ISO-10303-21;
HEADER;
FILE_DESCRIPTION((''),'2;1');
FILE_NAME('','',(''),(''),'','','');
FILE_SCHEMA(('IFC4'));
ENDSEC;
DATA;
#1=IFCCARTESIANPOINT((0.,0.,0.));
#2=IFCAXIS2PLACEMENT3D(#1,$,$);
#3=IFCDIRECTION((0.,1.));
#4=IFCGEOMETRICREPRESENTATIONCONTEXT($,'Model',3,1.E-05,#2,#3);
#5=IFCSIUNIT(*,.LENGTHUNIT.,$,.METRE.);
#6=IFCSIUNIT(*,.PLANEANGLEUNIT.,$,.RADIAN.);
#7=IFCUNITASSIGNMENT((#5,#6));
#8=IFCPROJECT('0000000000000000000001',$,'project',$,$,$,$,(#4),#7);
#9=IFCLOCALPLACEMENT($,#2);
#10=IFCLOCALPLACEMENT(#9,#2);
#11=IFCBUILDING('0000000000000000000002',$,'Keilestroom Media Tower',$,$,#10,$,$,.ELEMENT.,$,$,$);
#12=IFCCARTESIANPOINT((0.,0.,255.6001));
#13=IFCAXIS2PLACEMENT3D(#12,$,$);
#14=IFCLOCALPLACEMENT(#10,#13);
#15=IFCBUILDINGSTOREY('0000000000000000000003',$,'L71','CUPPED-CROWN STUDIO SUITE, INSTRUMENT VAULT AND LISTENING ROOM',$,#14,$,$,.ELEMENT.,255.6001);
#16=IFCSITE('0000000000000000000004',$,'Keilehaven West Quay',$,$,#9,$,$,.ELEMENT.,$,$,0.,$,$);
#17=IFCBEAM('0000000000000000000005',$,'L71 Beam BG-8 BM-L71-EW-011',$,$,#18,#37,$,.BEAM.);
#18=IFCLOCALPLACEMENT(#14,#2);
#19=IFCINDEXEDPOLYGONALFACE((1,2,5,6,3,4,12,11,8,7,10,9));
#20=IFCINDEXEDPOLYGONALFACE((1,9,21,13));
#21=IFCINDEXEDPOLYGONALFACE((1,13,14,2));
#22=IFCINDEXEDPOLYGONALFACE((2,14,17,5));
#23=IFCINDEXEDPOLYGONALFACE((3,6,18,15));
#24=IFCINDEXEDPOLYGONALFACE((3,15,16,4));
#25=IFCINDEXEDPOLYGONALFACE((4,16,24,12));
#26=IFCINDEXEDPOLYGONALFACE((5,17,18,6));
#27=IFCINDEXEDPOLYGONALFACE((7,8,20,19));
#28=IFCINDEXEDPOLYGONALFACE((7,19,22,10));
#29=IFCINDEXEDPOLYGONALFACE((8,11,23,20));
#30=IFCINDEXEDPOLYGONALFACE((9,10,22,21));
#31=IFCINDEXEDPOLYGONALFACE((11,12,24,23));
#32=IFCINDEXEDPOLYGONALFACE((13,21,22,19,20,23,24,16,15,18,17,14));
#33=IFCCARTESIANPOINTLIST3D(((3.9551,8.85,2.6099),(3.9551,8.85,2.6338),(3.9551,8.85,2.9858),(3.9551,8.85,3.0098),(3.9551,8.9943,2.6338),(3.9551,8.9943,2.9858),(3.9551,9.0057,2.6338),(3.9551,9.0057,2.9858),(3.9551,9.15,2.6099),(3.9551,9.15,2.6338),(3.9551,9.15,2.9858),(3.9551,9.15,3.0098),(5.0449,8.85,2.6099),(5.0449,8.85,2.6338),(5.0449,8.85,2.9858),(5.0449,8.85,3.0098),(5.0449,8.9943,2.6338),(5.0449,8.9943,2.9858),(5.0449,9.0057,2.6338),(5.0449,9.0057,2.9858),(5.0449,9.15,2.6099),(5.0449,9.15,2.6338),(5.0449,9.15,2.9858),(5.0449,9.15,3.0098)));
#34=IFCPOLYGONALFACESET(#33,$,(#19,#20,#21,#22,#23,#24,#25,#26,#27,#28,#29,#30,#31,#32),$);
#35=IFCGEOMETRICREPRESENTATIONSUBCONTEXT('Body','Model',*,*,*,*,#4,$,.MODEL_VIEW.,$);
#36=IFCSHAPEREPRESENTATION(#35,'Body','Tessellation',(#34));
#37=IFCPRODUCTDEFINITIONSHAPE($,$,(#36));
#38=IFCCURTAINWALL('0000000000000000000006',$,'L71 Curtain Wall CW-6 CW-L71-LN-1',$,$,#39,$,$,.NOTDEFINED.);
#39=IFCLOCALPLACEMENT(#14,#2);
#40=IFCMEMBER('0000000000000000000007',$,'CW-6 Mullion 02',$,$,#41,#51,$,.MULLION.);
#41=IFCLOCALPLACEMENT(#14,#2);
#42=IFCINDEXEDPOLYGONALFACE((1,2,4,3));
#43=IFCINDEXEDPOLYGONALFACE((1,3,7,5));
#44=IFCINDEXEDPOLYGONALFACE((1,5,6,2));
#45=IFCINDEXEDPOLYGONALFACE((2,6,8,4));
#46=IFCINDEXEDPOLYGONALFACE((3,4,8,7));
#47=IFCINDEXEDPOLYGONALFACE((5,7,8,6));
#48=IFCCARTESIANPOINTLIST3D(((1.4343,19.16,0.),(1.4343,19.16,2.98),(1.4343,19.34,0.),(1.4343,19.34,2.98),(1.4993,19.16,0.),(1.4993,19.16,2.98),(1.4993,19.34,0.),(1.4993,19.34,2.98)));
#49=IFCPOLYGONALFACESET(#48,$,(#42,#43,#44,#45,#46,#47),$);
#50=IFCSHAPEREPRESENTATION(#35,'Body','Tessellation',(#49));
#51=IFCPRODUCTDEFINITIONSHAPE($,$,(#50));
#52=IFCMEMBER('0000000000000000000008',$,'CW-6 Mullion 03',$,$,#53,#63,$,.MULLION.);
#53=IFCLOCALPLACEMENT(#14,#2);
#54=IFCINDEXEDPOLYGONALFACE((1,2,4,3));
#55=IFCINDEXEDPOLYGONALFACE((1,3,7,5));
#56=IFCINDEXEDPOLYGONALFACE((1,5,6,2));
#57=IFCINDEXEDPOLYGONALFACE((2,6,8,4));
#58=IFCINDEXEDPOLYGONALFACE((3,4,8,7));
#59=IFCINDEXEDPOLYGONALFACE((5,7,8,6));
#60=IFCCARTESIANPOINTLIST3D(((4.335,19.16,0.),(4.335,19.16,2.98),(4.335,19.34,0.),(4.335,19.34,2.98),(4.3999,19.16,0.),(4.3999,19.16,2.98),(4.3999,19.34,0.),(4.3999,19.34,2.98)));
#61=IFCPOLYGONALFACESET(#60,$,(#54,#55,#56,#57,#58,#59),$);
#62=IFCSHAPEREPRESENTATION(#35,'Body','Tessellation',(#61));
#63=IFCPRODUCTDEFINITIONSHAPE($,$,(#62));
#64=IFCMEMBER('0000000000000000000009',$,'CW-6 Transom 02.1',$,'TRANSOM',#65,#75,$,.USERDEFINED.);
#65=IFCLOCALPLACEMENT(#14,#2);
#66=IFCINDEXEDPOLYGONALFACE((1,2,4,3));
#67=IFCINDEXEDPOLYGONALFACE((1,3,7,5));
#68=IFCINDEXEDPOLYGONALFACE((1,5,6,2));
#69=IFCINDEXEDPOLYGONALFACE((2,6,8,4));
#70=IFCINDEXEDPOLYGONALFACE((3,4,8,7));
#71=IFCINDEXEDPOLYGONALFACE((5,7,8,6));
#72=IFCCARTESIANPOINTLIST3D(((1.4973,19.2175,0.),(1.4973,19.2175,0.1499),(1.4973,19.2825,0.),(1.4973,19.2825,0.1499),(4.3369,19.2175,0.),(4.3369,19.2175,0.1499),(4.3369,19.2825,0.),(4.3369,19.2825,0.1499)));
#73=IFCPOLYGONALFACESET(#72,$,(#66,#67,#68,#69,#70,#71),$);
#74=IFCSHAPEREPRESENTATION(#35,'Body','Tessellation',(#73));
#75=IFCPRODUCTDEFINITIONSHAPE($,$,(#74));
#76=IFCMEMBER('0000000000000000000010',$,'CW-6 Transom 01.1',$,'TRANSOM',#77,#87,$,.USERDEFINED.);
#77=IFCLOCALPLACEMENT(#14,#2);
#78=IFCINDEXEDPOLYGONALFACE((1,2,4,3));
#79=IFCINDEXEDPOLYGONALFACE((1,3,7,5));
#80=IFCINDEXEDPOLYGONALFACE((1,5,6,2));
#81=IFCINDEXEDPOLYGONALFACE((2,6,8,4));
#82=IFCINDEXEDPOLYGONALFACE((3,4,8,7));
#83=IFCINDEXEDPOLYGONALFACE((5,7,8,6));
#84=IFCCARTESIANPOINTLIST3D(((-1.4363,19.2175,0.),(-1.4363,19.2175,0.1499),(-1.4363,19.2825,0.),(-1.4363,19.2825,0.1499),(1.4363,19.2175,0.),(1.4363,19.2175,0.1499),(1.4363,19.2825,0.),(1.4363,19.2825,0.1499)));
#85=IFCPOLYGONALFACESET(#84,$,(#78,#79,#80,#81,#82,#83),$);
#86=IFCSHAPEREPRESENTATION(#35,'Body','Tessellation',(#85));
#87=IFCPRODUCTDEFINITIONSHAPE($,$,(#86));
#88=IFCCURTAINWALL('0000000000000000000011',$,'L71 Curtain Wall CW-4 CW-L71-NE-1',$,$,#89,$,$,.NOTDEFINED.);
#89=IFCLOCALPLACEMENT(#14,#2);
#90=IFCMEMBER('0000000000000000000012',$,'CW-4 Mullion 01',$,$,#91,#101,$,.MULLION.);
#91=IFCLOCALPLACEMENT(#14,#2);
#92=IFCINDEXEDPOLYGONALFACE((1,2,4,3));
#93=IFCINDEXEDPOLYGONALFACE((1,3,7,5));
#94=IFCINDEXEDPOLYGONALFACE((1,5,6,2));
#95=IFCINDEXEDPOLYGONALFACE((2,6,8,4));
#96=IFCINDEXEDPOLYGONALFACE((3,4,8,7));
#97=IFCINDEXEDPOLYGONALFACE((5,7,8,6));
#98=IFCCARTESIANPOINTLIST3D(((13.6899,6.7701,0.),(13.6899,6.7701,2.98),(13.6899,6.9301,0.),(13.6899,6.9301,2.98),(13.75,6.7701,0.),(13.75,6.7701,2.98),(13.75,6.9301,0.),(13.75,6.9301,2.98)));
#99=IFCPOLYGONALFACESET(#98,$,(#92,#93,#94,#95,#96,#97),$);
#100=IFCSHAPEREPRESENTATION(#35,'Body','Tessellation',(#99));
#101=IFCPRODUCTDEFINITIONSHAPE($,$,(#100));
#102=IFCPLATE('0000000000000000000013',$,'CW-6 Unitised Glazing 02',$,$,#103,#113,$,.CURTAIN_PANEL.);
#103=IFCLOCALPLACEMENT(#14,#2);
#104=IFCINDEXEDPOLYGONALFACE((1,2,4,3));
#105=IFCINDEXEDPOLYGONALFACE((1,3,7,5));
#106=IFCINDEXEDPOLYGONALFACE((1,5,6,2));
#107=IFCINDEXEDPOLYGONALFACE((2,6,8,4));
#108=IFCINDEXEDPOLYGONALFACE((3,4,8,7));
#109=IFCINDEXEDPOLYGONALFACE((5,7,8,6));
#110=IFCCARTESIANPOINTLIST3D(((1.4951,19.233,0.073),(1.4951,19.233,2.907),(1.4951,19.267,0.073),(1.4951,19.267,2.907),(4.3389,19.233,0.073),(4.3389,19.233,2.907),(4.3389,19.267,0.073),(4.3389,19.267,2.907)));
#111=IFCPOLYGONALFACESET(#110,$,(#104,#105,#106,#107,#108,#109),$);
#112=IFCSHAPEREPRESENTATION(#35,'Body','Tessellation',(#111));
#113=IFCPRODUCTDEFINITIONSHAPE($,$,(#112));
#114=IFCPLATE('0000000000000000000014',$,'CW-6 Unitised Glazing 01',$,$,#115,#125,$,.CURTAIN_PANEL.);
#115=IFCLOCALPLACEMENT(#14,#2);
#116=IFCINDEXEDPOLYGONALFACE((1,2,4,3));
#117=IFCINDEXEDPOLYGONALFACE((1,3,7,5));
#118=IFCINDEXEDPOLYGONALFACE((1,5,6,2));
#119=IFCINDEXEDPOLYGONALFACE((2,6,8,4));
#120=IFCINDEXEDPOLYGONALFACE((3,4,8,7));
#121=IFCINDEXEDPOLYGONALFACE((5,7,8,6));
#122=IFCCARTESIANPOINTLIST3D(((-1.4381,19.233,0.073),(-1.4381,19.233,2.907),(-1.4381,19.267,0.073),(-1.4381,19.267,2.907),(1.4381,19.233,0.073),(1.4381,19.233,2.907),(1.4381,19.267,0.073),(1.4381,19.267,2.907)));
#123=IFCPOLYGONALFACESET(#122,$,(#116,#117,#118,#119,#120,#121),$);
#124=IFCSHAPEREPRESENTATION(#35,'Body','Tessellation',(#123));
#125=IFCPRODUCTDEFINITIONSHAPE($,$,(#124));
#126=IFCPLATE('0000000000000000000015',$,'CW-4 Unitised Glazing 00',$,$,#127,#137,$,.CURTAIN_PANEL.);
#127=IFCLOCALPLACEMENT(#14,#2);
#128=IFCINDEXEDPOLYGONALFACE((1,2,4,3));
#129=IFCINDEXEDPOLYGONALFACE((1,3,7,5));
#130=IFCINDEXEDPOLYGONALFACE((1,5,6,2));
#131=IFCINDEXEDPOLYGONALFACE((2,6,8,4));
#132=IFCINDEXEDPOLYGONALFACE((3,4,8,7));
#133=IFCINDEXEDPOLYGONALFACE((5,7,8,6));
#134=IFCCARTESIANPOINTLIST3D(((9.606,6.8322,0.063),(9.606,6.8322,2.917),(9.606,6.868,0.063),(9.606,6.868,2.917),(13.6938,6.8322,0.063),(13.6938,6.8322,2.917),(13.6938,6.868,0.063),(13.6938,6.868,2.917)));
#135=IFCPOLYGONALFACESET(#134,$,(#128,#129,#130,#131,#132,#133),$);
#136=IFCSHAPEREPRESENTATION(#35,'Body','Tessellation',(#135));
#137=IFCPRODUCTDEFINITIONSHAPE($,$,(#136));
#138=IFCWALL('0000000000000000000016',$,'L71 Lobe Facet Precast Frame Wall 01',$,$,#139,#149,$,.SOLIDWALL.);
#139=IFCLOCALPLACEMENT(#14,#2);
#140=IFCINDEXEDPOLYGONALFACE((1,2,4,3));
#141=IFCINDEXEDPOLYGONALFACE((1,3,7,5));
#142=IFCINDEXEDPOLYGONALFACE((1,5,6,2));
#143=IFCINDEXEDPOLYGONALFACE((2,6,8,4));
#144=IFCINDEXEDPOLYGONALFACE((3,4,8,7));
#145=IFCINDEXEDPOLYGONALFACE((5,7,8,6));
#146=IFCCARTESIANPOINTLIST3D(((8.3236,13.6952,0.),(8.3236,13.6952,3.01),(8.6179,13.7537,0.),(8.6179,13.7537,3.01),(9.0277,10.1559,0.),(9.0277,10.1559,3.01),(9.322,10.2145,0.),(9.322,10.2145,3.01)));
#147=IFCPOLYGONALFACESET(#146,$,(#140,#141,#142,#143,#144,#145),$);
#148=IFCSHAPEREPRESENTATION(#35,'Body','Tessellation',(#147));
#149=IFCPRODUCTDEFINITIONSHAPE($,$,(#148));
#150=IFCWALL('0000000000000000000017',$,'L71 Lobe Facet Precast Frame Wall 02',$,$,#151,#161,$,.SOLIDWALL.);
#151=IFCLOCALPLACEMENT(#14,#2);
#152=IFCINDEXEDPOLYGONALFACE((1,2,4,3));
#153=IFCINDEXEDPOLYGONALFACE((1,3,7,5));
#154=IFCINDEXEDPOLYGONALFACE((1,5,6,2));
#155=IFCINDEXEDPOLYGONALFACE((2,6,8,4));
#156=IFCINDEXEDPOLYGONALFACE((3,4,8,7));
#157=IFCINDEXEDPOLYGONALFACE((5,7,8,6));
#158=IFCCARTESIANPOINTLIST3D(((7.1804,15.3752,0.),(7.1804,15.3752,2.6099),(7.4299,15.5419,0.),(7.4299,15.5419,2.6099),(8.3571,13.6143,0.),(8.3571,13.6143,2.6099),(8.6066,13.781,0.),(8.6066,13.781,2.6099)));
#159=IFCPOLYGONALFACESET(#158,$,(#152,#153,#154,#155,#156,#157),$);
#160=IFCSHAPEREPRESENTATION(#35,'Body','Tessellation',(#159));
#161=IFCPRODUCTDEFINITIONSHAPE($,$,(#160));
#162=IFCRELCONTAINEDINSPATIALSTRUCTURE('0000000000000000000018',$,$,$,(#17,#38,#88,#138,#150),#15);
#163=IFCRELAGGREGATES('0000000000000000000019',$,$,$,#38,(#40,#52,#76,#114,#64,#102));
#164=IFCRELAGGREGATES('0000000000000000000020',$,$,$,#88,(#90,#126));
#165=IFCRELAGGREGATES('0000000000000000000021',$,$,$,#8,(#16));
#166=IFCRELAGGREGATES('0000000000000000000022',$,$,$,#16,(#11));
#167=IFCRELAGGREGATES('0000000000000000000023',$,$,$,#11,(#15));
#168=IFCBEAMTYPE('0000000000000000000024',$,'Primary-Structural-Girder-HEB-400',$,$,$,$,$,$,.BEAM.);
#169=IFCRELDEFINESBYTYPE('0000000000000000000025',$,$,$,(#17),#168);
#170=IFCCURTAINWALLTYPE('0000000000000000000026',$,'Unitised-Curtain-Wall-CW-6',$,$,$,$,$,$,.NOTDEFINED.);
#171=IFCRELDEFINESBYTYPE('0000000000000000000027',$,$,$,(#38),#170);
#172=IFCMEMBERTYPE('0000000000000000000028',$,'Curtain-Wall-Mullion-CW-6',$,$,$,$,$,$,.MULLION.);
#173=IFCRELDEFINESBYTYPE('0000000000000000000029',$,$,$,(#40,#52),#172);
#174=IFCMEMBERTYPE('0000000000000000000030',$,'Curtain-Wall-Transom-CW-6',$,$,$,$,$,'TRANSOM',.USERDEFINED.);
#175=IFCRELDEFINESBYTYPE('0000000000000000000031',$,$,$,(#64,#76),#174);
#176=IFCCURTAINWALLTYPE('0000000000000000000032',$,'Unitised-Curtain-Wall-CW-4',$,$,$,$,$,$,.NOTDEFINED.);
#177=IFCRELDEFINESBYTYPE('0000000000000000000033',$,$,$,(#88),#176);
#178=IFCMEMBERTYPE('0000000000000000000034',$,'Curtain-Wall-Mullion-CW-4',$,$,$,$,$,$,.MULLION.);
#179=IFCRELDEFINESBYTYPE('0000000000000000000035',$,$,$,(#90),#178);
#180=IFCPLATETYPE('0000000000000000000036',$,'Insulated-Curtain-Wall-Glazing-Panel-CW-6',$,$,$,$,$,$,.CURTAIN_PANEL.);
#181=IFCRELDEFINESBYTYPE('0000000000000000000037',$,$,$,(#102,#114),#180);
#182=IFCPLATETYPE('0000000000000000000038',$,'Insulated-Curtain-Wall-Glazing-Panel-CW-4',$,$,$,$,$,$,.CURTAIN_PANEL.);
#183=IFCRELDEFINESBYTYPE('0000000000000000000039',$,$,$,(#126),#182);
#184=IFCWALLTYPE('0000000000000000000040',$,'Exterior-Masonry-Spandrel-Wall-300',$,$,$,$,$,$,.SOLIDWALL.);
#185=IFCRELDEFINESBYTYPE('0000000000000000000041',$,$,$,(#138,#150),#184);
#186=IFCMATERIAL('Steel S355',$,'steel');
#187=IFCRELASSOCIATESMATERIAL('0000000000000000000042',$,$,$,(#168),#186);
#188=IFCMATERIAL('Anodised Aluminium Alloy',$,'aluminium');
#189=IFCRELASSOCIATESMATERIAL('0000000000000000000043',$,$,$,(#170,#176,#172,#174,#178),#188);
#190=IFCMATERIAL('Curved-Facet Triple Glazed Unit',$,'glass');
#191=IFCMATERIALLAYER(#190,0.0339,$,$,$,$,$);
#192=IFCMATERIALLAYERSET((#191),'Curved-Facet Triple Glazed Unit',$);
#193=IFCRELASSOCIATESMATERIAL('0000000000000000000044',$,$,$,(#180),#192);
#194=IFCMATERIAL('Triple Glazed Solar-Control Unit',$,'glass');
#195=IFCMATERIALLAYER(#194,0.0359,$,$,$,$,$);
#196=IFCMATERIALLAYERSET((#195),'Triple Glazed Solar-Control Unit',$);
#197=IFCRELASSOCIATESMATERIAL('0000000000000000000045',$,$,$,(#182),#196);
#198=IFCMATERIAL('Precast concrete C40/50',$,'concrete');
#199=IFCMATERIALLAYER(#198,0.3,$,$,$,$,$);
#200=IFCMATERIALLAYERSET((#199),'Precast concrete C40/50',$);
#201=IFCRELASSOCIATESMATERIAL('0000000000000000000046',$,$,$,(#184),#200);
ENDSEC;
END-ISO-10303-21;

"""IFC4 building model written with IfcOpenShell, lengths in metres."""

from ifc_helpers import new_model, si_unit, direction, frame, frame_2d, origin, origin_2d, place, context, subcontext, project, spatial, rectangle, i_section, extrude, source, transform, mapped, material, layer, layer_set, material_profile, profile_set, type_object, element, aggregate, save


model = new_model("IFC4")

# Units and contexts
model_context = context("Model", 3, precision=1e-05, world=origin(), true_north=direction((0.0, 1.0)))
body_context = subcontext(model_context, "Body", "Model", "MODEL_VIEW")
ifc_project = project(units=[si_unit("LENGTHUNIT", "METRE"), si_unit("PLANEANGLEUNIT", "RADIAN")], contexts=[model_context])

# Site, building, storey
site_placement = place(None, origin())
site = spatial("IfcSite", under=ifc_project, at=site_placement, Name="Keilehaven West Quay", CompositionType="ELEMENT", RefElevation=0.0)
building_placement = place(site_placement, origin())
building = spatial("IfcBuilding", under=site, at=building_placement, Name="Keilestroom Media Tower", CompositionType="ELEMENT")
storey_placement = place(building_placement, frame((0.0, 0.0, 255.6001)))
storey = spatial("IfcBuildingStorey", under=building, at=storey_placement, Name="L71", Description="CUPPED-CROWN STUDIO SUITE, INSTRUMENT VAULT AND LISTENING ROOM", CompositionType="ELEMENT", Elevation=255.6001)

# Shared definitions
ifc_material_1 = material(Name="Steel S355", Category="steel")

# Beam
ifc_material_profile_1 = material_profile(ifc_material_1, i_section(OverallWidth=0.3, OverallDepth=0.3999, WebThickness=0.0115, FlangeThickness=0.0239, at=origin_2d()), Name="HEB 400")
ifc_profile_set_1 = profile_set([ifc_material_profile_1], Name="Steel S355")
beam_type = type_object("IfcBeamType", Name="Primary-Structural-Girder-HEB-400", PredefinedType="BEAM", material=ifc_profile_set_1)
shared_shape_1 = source(origin(), body_context, "Body", "SweptSolid", [
    extrude(i_section(OverallWidth=0.3, OverallDepth=0.3999, WebThickness=0.0115, FlangeThickness=0.0239, at=origin_2d()), origin(), (0.0, 0.0, 1.0), 1.0898),
])
beam_1_placement = place(storey_placement, frame((3.9551, 9.0, 2.8098), z_axis=(1.0, 0.0, 0.0), x_axis=(0.0, 1.0, 0.0)))
element("IfcBeam", 1, at=beam_1_placement, inside=storey, type_object=beam_type, Name="L71 Beam BG-8 BM-L71-EW-011", PredefinedType="BEAM", context=body_context, shape_type="MappedRepresentation", body=[
    mapped(shared_shape_1, transform((0.0, 0.0, 0.0), x_axis=(1.0, 0.0, 0.0), y_axis=(0.0, 1.0, 0.0), z_axis=(0.0, 0.0, 1.0), scale=1.0)),
])

# Curtain wall, members
ifc_material_2 = material(Name="Anodised Aluminium Alloy", Category="aluminium")
curtain_wall_type_1 = type_object("IfcCurtainWallType", Name="Unitised-Curtain-Wall-CW-6", PredefinedType="NOTDEFINED", material=ifc_material_2)
curtain_wall_1_placement = place(storey_placement, origin())
curtain_wall_1 = element("IfcCurtainWall", 2, at=curtain_wall_1_placement, inside=storey, type_object=curtain_wall_type_1, Name="L71 Curtain Wall CW-6 CW-L71-LN-1", PredefinedType="NOTDEFINED")
ifc_material_profile_2 = material_profile(ifc_material_2, rectangle(XDim=0.0649, YDim=0.1799, at=origin_2d()), Name="ALU MULLION 65x180")
ifc_profile_set_2 = profile_set([ifc_material_profile_2], Name="Anodised Aluminium Alloy")
member_type_1 = type_object("IfcMemberType", Name="Curtain-Wall-Mullion-CW-6", PredefinedType="MULLION", material=ifc_profile_set_2)
shared_shape_2 = source(origin(), body_context, "Body", "SweptSolid", [
    extrude(rectangle(XDim=0.0649, YDim=0.1799, at=origin_2d()), origin(), (0.0, 0.0, 1.0), 2.98),
])
member_1_placement = place(storey_placement, frame((1.4668, 19.25, 0.0), z_axis=(0.0, 0.0, 1.0), x_axis=(1.0, 0.0, 0.0)))
member_1 = element("IfcMember", 3, at=member_1_placement, type_object=member_type_1, Name="CW-6 Mullion 02", PredefinedType="MULLION", context=body_context, shape_type="MappedRepresentation", body=[
    mapped(shared_shape_2, transform((0.0, 0.0, 0.0), x_axis=(1.0, 0.0, 0.0), y_axis=(0.0, 1.0, 0.0), z_axis=(0.0, 0.0, 1.0), scale=1.0)),
])
member_2_placement = place(storey_placement, frame((4.3674, 19.25, 0.0), z_axis=(0.0, 0.0, 1.0), x_axis=(1.0, 0.0, 0.0)))
member_2 = element("IfcMember", 4, at=member_2_placement, type_object=member_type_1, Name="CW-6 Mullion 03", PredefinedType="MULLION", context=body_context, shape_type="MappedRepresentation", body=[
    mapped(shared_shape_2, transform((0.0, 0.0, 0.0), x_axis=(1.0, 0.0, 0.0), y_axis=(0.0, 1.0, 0.0), z_axis=(0.0, 0.0, 1.0), scale=1.0)),
])
ifc_material_profile_3 = material_profile(ifc_material_2, rectangle(XDim=0.0649, YDim=0.1499, at=origin_2d()), Name="ALU TRANSOM 65x150")
ifc_profile_set_3 = profile_set([ifc_material_profile_3], Name="Anodised Aluminium Alloy")
member_type_2 = type_object("IfcMemberType", Name="Curtain-Wall-Transom-CW-6", ElementType="TRANSOM", PredefinedType="USERDEFINED", material=ifc_profile_set_3)
shared_shape_3 = source(origin(), body_context, "Body", "SweptSolid", [
    extrude(rectangle(XDim=0.0649, YDim=0.1499, at=origin_2d()), origin(), (0.0, 0.0, 1.0), 2.8396),
])
member_3_placement = place(storey_placement, frame((1.4973, 19.25, 0.075), z_axis=(1.0, 0.0, 0.0), x_axis=(0.0, 1.0, 0.0)))
member_3 = element("IfcMember", 5, at=member_3_placement, type_object=member_type_2, Name="CW-6 Transom 02.1", ObjectType="TRANSOM", PredefinedType="USERDEFINED", context=body_context, shape_type="MappedRepresentation", body=[
    mapped(shared_shape_3, transform((0.0, 0.0, 0.0), x_axis=(1.0, 0.0, 0.0), y_axis=(0.0, 1.0, 0.0), z_axis=(0.0, 0.0, 1.0), scale=1.0)),
])
shared_shape_4 = source(origin(), body_context, "Body", "SweptSolid", [
    extrude(rectangle(XDim=0.0649, YDim=0.1499, at=origin_2d()), origin(), (0.0, 0.0, 1.0), 2.8726),
])
member_4_placement = place(storey_placement, frame((-1.4363, 19.25, 0.075), z_axis=(1.0, 0.0, 0.0), x_axis=(0.0, 1.0, 0.0)))
member_4 = element("IfcMember", 6, at=member_4_placement, type_object=member_type_2, Name="CW-6 Transom 01.1", ObjectType="TRANSOM", PredefinedType="USERDEFINED", context=body_context, shape_type="MappedRepresentation", body=[
    mapped(shared_shape_4, transform((0.0, 0.0, 0.0), x_axis=(1.0, 0.0, 0.0), y_axis=(0.0, 1.0, 0.0), z_axis=(0.0, 0.0, 1.0), scale=1.0)),
])

# Curtain wall, member
curtain_wall_type_2 = type_object("IfcCurtainWallType", Name="Unitised-Curtain-Wall-CW-4", PredefinedType="NOTDEFINED", material=ifc_material_2)
curtain_wall_2_placement = place(storey_placement, origin())
curtain_wall_2 = element("IfcCurtainWall", 7, at=curtain_wall_2_placement, inside=storey, type_object=curtain_wall_type_2, Name="L71 Curtain Wall CW-4 CW-L71-NE-1", PredefinedType="NOTDEFINED")
ifc_material_profile_4 = material_profile(ifc_material_2, rectangle(XDim=0.0601, YDim=0.1599, at=origin_2d()), Name="ALU MULLION 60x160")
ifc_profile_set_4 = profile_set([ifc_material_profile_4], Name="Anodised Aluminium Alloy")
member_type_3 = type_object("IfcMemberType", Name="Curtain-Wall-Mullion-CW-4", PredefinedType="MULLION", material=ifc_profile_set_4)
shared_shape_5 = source(origin(), body_context, "Body", "SweptSolid", [
    extrude(rectangle(XDim=0.0601, YDim=0.1599, at=origin_2d()), origin(), (0.0, 0.0, 1.0), 2.98),
])
member_5_placement = place(storey_placement, frame((13.72, 6.8501, 0.0), z_axis=(0.0, 0.0, 1.0), x_axis=(1.0, 0.0, 0.0)))
member_5 = element("IfcMember", 8, at=member_5_placement, type_object=member_type_3, Name="CW-4 Mullion 01", PredefinedType="MULLION", context=body_context, shape_type="MappedRepresentation", body=[
    mapped(shared_shape_5, transform((0.0, 0.0, 0.0), x_axis=(1.0, 0.0, 0.0), y_axis=(0.0, 1.0, 0.0), z_axis=(0.0, 0.0, 1.0), scale=1.0)),
])

# Plates
ifc_material_3 = material(Name="Curved-Facet Triple Glazed Unit", Category="glass")
ifc_layer_1 = layer(ifc_material_3, 0.0339)
ifc_layer_set_1 = layer_set([ifc_layer_1], Name="Curved-Facet Triple Glazed Unit")
plate_type_1 = type_object("IfcPlateType", Name="Insulated-Curtain-Wall-Glazing-Panel-CW-6", PredefinedType="CURTAIN_PANEL", material=ifc_layer_set_1)
shared_shape_6 = source(origin(), body_context, "Body", "SweptSolid", [
    extrude(rectangle(XDim=2.8438, YDim=0.0339, at=origin_2d()), origin(), (0.0, 0.0, 1.0), 2.834),
])
plate_1_placement = place(storey_placement, frame((2.917, 19.25, 0.073), z_axis=(0.0, 0.0, 1.0), x_axis=(1.0, 0.0, 0.0)))
plate_1 = element("IfcPlate", 9, at=plate_1_placement, type_object=plate_type_1, Name="CW-6 Unitised Glazing 02", PredefinedType="CURTAIN_PANEL", context=body_context, shape_type="MappedRepresentation", body=[
    mapped(shared_shape_6, transform((0.0, 0.0, 0.0), x_axis=(1.0, 0.0, 0.0), y_axis=(0.0, 1.0, 0.0), z_axis=(0.0, 0.0, 1.0), scale=1.0)),
])
shared_shape_7 = source(origin(), body_context, "Body", "SweptSolid", [
    extrude(rectangle(XDim=2.8762, YDim=0.0339, at=origin_2d()), origin(), (0.0, 0.0, 1.0), 2.834),
])
plate_2_placement = place(storey_placement, frame((0.0, 19.25, 0.073), z_axis=(0.0, 0.0, 1.0), x_axis=(1.0, 0.0, 0.0)))
plate_2 = element("IfcPlate", 10, at=plate_2_placement, type_object=plate_type_1, Name="CW-6 Unitised Glazing 01", PredefinedType="CURTAIN_PANEL", context=body_context, shape_type="MappedRepresentation", body=[
    mapped(shared_shape_7, transform((0.0, 0.0, 0.0), x_axis=(1.0, 0.0, 0.0), y_axis=(0.0, 1.0, 0.0), z_axis=(0.0, 0.0, 1.0), scale=1.0)),
])
aggregate(curtain_wall_1, [member_1, member_2, member_4, plate_2, member_3, plate_1])
ifc_material_4 = material(Name="Triple Glazed Solar-Control Unit", Category="glass")
ifc_layer_2 = layer(ifc_material_4, 0.0359)
ifc_layer_set_2 = layer_set([ifc_layer_2], Name="Triple Glazed Solar-Control Unit")
plate_type_2 = type_object("IfcPlateType", Name="Insulated-Curtain-Wall-Glazing-Panel-CW-4", PredefinedType="CURTAIN_PANEL", material=ifc_layer_set_2)
shared_shape_8 = source(origin(), body_context, "Body", "SweptSolid", [
    extrude(rectangle(XDim=4.0879, YDim=0.0359, at=origin_2d()), origin(), (0.0, 0.0, 1.0), 2.854),
])
plate_3_placement = place(storey_placement, frame((11.6499, 6.8501, 0.063), z_axis=(0.0, 0.0, 1.0), x_axis=(1.0, 0.0, 0.0)))
plate_3 = element("IfcPlate", 11, at=plate_3_placement, type_object=plate_type_2, Name="CW-4 Unitised Glazing 00", PredefinedType="CURTAIN_PANEL", context=body_context, shape_type="MappedRepresentation", body=[
    mapped(shared_shape_8, transform((0.0, 0.0, 0.0), x_axis=(1.0, 0.0, 0.0), y_axis=(0.0, 1.0, 0.0), z_axis=(0.0, 0.0, 1.0), scale=1.0)),
])
aggregate(curtain_wall_2, [member_5, plate_3])

# Walls
ifc_material_5 = material(Name="Precast concrete C40/50", Category="concrete")
ifc_layer_3 = layer(ifc_material_5, 0.3)
ifc_layer_set_3 = layer_set([ifc_layer_3], Name="Precast concrete C40/50")
wall_type_1 = type_object("IfcWallType", Name="Exterior-Masonry-Spandrel-Wall-300", PredefinedType="SOLIDWALL", material=ifc_layer_set_3)
wall_1_placement = place(storey_placement, frame((9.1748, 10.1853, 0.0), z_axis=(0.0, 0.0, 1.0), x_axis=(-0.195114, 0.980781, 0.0)))
element("IfcWall", 12, at=wall_1_placement, inside=storey, type_object=wall_type_1, Name="L71 Lobe Facet Precast Frame Wall 01", PredefinedType="SOLIDWALL", context=body_context, shape_type="SweptSolid", body=[
    extrude(rectangle(XDim=3.6086, YDim=0.3, at=frame_2d((1.8042, 0.0))), origin(), (0.0, 0.0, 1.0), 3.01),
])
wall_2_placement = place(storey_placement, frame((8.4819, 13.6975, 0.0), z_axis=(0.0, 0.0, 1.0), x_axis=(-0.555604, 0.831447, 0.0)))
element("IfcWall", 13, at=wall_2_placement, inside=storey, type_object=wall_type_1, Name="L71 Lobe Facet Precast Frame Wall 02", PredefinedType="SOLIDWALL", context=body_context, shape_type="SweptSolid", body=[
    extrude(rectangle(XDim=2.1179, YDim=0.3, at=frame_2d((1.0591, 0.0))), origin(), (0.0, 0.0, 1.0), 2.6099),
])

save(model, "model.ifc")
